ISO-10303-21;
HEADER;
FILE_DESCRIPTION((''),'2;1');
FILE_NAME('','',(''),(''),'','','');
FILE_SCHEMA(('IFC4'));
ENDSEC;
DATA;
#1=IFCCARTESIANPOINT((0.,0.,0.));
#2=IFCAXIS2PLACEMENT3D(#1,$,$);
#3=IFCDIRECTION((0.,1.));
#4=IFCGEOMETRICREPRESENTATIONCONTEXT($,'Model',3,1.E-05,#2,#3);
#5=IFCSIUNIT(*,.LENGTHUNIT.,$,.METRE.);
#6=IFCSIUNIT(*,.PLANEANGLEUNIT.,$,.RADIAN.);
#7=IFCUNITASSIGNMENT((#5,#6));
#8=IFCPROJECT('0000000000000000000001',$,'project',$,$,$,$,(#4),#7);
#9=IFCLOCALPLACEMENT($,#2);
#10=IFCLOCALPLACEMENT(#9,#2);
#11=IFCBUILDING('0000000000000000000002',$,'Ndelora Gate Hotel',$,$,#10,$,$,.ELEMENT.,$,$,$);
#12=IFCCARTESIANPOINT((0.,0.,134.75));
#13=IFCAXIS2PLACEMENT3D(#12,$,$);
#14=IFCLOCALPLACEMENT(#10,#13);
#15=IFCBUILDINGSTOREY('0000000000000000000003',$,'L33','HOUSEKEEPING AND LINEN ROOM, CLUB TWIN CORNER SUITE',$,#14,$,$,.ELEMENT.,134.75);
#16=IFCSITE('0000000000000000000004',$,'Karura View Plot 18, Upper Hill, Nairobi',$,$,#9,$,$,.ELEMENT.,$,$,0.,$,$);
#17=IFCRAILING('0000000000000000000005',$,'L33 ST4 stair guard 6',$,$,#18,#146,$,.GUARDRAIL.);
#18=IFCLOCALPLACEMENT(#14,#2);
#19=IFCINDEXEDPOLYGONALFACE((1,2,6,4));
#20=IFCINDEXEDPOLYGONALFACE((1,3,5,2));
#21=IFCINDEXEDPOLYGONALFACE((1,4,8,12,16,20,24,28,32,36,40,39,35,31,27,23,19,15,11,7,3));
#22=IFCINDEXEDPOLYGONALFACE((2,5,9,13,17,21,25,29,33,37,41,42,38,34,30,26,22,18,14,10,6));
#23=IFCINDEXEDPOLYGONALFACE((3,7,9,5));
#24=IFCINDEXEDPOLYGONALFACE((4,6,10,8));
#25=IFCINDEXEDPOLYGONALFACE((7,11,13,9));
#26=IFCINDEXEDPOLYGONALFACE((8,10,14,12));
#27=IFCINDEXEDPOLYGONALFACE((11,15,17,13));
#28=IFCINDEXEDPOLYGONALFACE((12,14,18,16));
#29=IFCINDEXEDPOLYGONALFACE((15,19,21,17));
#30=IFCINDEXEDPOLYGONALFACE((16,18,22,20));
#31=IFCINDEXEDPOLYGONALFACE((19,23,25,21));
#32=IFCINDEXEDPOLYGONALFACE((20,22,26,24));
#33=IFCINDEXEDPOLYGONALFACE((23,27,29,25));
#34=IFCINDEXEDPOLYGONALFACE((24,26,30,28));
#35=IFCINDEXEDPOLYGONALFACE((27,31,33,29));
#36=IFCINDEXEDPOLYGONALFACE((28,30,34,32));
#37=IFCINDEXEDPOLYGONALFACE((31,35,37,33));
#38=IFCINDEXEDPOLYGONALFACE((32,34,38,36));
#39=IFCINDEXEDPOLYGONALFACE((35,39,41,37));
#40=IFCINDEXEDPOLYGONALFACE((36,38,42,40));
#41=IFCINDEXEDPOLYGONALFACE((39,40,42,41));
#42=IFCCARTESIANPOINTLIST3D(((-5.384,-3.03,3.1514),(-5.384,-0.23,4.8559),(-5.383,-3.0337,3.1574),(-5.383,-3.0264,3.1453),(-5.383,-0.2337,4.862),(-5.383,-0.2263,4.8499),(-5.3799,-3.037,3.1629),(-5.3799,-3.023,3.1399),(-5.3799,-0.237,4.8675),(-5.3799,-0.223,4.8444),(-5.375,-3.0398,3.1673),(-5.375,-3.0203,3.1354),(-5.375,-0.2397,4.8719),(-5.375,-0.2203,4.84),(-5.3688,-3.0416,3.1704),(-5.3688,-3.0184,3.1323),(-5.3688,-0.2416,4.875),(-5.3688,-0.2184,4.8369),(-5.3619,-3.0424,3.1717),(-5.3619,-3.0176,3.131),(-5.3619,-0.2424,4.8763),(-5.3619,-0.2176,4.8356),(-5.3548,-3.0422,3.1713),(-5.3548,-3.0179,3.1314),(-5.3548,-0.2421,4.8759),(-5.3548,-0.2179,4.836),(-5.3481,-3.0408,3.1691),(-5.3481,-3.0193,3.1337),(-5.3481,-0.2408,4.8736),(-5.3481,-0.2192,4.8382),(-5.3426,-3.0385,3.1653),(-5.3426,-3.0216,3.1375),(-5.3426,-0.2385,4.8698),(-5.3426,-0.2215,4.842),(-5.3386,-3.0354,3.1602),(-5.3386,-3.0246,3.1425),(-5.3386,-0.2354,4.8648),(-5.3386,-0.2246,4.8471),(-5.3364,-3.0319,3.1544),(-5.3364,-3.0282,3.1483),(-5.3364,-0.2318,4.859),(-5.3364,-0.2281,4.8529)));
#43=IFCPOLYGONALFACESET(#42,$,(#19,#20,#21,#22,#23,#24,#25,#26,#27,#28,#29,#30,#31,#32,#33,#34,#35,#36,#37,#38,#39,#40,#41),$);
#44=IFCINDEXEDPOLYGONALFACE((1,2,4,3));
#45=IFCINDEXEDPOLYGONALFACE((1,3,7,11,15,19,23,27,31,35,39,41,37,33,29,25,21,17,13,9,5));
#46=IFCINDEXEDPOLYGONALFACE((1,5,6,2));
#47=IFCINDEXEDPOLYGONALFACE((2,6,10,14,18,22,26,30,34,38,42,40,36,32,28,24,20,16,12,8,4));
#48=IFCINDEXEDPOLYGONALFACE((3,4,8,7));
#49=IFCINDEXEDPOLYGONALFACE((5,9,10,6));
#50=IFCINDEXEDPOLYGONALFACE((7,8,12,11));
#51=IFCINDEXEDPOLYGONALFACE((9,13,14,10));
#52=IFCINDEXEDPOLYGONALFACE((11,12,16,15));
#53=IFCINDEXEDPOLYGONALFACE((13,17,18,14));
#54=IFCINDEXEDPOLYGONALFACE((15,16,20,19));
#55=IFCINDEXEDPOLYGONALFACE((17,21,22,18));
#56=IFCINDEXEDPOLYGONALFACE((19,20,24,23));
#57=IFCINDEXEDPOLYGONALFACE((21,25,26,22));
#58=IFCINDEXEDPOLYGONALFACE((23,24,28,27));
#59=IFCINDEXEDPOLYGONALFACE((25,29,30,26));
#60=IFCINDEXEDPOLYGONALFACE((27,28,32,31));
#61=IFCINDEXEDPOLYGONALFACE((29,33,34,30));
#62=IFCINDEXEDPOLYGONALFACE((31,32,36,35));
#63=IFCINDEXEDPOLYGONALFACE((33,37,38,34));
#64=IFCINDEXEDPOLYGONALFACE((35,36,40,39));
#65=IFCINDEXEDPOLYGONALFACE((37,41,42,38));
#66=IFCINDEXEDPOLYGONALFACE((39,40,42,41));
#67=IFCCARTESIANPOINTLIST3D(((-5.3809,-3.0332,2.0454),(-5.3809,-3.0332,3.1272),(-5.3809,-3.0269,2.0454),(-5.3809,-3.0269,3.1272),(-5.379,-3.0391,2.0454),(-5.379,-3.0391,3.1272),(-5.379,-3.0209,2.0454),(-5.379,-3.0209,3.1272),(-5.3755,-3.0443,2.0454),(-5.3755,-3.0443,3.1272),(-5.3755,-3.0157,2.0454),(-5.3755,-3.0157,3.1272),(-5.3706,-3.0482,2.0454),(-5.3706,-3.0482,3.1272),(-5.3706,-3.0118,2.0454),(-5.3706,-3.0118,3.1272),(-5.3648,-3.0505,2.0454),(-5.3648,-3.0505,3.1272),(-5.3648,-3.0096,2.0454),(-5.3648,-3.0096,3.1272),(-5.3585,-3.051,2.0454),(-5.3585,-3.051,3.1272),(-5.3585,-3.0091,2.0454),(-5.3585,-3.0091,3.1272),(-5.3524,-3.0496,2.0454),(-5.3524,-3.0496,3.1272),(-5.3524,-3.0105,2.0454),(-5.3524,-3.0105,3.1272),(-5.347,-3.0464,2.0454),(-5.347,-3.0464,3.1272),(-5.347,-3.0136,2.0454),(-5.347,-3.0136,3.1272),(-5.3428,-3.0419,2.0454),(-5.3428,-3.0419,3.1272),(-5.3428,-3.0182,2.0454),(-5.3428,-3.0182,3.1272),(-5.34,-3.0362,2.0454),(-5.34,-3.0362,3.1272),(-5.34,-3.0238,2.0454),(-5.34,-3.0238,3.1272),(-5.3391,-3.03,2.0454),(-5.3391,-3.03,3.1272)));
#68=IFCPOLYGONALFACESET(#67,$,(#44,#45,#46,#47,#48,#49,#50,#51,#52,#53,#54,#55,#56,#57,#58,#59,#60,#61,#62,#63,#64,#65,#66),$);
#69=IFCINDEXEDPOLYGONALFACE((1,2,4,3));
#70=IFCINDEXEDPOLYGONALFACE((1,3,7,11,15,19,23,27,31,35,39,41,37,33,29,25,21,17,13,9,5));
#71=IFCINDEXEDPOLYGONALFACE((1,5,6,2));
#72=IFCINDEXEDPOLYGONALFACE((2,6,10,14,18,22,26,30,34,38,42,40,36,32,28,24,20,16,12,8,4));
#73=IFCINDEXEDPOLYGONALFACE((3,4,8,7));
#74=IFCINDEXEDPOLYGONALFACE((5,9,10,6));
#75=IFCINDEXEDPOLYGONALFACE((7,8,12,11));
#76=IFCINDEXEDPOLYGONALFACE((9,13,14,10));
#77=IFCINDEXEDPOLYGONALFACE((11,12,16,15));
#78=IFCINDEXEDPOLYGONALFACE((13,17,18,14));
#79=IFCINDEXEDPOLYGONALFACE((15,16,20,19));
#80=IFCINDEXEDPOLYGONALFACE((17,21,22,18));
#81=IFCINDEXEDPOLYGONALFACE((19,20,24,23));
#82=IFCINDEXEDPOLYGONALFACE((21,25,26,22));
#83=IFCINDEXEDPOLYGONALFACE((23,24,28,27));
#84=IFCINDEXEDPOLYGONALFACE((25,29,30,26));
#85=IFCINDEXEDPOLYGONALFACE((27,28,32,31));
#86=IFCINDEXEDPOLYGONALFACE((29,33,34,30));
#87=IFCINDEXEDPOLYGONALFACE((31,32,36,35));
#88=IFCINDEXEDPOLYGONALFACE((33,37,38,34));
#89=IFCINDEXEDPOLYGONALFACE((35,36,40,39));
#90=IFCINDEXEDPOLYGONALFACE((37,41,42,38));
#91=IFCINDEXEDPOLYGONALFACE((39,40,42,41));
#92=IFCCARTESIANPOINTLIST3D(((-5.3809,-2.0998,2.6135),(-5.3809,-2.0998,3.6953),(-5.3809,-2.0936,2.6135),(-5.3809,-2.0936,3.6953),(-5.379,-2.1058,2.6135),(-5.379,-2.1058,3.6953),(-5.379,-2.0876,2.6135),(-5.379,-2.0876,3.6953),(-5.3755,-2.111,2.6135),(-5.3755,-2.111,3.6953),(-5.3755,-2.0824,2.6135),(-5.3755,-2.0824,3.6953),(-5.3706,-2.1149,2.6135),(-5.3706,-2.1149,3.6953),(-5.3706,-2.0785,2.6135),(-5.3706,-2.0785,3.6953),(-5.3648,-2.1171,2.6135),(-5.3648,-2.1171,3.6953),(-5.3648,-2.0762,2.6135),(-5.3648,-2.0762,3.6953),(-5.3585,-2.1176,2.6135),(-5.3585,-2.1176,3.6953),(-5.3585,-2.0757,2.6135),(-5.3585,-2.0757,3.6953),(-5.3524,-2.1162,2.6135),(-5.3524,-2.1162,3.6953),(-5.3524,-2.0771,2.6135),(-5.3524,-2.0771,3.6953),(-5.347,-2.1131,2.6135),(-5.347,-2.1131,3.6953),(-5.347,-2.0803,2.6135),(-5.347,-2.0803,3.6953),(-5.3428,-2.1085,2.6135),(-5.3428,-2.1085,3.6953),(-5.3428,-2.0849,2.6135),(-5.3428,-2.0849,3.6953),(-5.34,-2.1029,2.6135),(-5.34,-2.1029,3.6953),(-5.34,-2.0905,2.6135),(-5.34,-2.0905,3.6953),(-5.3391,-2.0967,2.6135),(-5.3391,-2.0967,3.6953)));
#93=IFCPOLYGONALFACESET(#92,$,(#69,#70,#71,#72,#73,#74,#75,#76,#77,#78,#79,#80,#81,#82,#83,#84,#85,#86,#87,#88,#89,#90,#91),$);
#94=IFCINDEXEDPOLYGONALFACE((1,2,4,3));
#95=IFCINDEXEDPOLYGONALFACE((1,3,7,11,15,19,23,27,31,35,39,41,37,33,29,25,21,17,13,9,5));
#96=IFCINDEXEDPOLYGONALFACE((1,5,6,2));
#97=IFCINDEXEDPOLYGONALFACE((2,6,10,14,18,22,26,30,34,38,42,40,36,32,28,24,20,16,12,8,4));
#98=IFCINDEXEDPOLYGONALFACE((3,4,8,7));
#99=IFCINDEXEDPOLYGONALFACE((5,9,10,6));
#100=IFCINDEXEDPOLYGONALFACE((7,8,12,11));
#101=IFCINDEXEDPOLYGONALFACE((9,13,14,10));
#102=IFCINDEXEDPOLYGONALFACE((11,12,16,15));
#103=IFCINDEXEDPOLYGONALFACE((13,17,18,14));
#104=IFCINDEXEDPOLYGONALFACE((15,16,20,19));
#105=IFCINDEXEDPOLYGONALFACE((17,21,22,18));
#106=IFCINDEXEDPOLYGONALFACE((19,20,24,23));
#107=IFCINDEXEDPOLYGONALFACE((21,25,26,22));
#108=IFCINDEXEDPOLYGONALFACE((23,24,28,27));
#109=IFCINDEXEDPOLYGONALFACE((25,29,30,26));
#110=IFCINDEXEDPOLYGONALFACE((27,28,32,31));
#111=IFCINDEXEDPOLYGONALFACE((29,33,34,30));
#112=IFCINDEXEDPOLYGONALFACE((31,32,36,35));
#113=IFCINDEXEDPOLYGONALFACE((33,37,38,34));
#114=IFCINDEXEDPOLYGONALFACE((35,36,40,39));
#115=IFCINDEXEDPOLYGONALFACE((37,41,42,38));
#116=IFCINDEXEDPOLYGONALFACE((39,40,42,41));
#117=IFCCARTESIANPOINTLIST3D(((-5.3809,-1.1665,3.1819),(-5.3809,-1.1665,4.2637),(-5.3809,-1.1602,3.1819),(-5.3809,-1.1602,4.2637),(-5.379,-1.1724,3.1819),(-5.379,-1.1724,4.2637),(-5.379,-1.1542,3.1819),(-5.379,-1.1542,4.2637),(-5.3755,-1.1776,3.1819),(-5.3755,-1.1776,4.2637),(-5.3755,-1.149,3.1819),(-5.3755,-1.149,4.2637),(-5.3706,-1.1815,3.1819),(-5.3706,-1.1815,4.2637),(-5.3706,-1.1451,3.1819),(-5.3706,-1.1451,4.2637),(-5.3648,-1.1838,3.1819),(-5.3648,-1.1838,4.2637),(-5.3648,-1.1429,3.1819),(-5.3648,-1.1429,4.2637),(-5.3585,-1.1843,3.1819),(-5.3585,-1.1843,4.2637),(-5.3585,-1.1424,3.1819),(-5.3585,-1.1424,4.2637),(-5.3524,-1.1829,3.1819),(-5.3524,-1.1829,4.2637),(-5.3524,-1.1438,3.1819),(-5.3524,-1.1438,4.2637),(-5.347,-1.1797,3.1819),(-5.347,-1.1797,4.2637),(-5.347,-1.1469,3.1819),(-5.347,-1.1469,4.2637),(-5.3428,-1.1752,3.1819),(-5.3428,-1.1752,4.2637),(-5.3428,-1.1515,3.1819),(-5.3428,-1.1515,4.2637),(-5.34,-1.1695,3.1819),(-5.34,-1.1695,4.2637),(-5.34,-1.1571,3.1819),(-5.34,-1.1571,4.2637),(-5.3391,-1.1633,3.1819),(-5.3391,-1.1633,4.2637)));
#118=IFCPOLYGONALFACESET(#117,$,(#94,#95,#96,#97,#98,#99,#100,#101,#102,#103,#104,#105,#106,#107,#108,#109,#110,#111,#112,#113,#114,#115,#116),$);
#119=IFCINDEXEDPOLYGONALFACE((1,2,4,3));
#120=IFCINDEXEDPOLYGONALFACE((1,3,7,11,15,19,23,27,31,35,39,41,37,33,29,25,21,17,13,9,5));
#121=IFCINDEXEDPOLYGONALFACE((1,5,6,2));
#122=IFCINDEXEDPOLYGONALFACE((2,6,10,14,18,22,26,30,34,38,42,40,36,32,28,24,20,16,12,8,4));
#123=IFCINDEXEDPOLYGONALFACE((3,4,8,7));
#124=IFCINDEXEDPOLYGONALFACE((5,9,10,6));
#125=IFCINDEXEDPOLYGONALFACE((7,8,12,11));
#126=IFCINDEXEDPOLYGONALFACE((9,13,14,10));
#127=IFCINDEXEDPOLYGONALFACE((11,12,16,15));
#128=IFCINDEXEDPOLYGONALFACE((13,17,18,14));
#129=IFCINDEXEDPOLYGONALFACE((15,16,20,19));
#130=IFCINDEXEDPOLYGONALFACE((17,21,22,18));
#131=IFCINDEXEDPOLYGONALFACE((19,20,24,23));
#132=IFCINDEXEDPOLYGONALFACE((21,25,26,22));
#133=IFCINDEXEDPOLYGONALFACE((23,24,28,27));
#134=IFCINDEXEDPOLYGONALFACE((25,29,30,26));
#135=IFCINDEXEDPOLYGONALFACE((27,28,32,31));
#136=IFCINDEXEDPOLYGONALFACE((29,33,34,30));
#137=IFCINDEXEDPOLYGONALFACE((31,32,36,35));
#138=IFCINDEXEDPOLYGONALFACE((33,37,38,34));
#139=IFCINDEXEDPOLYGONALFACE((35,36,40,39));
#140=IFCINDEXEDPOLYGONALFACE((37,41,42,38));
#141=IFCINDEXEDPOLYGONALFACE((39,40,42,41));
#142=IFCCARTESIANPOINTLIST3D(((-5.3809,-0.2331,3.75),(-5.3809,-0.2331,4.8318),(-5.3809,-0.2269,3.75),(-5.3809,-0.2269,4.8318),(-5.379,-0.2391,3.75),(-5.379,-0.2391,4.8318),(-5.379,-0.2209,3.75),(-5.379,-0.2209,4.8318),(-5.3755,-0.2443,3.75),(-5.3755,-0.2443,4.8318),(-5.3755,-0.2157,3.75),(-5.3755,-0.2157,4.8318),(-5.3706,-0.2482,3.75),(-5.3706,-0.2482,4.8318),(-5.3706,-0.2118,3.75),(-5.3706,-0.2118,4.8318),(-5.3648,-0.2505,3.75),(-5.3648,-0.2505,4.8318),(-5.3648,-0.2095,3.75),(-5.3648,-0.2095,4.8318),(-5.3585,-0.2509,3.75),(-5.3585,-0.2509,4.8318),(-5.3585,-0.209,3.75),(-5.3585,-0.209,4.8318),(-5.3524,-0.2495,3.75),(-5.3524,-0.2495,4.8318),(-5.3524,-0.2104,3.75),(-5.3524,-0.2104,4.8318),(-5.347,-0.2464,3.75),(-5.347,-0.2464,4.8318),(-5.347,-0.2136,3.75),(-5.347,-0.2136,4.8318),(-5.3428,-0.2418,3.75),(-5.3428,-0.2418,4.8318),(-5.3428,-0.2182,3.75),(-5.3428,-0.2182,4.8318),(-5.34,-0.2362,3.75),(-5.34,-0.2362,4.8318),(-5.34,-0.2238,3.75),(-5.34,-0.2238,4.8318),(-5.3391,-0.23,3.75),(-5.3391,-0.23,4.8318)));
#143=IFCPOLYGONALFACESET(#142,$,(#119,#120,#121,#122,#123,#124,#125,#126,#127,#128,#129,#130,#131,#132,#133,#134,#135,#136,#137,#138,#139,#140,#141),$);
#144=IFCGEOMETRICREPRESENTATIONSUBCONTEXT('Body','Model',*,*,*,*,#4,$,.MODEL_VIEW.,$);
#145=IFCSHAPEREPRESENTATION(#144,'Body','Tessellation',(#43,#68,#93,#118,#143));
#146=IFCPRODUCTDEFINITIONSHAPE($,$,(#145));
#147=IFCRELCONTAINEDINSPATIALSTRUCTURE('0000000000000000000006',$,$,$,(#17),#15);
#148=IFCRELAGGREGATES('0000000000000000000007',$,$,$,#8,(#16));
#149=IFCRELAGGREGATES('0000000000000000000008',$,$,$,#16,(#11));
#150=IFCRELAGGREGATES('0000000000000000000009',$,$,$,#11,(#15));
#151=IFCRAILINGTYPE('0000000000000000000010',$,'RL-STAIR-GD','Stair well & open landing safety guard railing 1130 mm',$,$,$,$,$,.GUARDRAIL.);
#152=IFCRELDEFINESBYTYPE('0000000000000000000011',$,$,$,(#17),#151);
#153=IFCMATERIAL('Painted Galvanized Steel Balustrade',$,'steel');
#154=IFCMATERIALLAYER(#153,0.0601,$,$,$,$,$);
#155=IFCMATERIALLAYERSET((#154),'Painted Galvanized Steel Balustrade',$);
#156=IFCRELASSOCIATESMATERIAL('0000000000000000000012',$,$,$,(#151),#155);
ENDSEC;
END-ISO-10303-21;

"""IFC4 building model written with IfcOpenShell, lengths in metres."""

from ifc_helpers import new_model, si_unit, direction, frame, origin, origin_2d, place, context, subcontext, project, spatial, circle, extrude, material, layer, layer_set, type_object, element, save


model = new_model("IFC4")

# Units and contexts
model_context = context("Model", 3, precision=1e-05, world=origin(), true_north=direction((0.0, 1.0)))
body_context = subcontext(model_context, "Body", "Model", "MODEL_VIEW")
ifc_project = project(units=[si_unit("LENGTHUNIT", "METRE"), si_unit("PLANEANGLEUNIT", "RADIAN")], contexts=[model_context])

# Site, building, storey
site_placement = place(None, origin())
site = spatial("IfcSite", under=ifc_project, at=site_placement, Name="Karura View Plot 18, Upper Hill, Nairobi", CompositionType="ELEMENT", RefElevation=0.0)
building_placement = place(site_placement, origin())
building = spatial("IfcBuilding", under=site, at=building_placement, Name="Ndelora Gate Hotel", CompositionType="ELEMENT")
storey_placement = place(building_placement, frame((0.0, 0.0, 134.75)))
storey = spatial("IfcBuildingStorey", under=building, at=storey_placement, Name="L33", Description="HOUSEKEEPING AND LINEN ROOM, CLUB TWIN CORNER SUITE", CompositionType="ELEMENT", Elevation=134.75)

# Railing
ifc_material_1 = material(Name="Painted Galvanized Steel Balustrade", Category="steel")
ifc_layer_1 = layer(ifc_material_1, 0.0601)
ifc_layer_set_1 = layer_set([ifc_layer_1], Name="Painted Galvanized Steel Balustrade")
railing_type_1 = type_object("IfcRailingType", Name="RL-STAIR-GD", Description="Stair well & open landing safety guard railing 1130 mm", PredefinedType="GUARDRAIL", material=ifc_layer_set_1)
railing_1_placement = place(storey_placement, frame((-5.3601, -3.03, 2.0454)))
element("IfcRailing", 1, at=railing_1_placement, inside=storey, type_object=railing_type_1, Name="L33 ST4 stair guard 6", PredefinedType="GUARDRAIL", context=body_context, shape_type="SweptSolid", body=[
    extrude(circle(Radius=0.0239, at=origin_2d()), frame((0.0, 0.0, 1.106), z_axis=(0.0, 0.85417, 0.519994), x_axis=(-1.0, 0.0, 0.0)), (0.0, 0.0, 1.0), 3.2781),
    extrude(circle(Radius=0.021, at=origin_2d()), origin(), (0.0, 0.0, 1.0), 1.0818),
    extrude(circle(Radius=0.021, at=origin_2d()), frame((0.0, 0.9333, 0.5681)), (0.0, 0.0, 1.0), 1.0818),
    extrude(circle(Radius=0.021, at=origin_2d()), frame((0.0, 1.8667, 1.1365)), (0.0, 0.0, 1.0), 1.0818),
    extrude(circle(Radius=0.021, at=origin_2d()), frame((0.0, 2.8, 1.7046)), (0.0, 0.0, 1.0), 1.0818),
])

save(model, "model.ifc")
